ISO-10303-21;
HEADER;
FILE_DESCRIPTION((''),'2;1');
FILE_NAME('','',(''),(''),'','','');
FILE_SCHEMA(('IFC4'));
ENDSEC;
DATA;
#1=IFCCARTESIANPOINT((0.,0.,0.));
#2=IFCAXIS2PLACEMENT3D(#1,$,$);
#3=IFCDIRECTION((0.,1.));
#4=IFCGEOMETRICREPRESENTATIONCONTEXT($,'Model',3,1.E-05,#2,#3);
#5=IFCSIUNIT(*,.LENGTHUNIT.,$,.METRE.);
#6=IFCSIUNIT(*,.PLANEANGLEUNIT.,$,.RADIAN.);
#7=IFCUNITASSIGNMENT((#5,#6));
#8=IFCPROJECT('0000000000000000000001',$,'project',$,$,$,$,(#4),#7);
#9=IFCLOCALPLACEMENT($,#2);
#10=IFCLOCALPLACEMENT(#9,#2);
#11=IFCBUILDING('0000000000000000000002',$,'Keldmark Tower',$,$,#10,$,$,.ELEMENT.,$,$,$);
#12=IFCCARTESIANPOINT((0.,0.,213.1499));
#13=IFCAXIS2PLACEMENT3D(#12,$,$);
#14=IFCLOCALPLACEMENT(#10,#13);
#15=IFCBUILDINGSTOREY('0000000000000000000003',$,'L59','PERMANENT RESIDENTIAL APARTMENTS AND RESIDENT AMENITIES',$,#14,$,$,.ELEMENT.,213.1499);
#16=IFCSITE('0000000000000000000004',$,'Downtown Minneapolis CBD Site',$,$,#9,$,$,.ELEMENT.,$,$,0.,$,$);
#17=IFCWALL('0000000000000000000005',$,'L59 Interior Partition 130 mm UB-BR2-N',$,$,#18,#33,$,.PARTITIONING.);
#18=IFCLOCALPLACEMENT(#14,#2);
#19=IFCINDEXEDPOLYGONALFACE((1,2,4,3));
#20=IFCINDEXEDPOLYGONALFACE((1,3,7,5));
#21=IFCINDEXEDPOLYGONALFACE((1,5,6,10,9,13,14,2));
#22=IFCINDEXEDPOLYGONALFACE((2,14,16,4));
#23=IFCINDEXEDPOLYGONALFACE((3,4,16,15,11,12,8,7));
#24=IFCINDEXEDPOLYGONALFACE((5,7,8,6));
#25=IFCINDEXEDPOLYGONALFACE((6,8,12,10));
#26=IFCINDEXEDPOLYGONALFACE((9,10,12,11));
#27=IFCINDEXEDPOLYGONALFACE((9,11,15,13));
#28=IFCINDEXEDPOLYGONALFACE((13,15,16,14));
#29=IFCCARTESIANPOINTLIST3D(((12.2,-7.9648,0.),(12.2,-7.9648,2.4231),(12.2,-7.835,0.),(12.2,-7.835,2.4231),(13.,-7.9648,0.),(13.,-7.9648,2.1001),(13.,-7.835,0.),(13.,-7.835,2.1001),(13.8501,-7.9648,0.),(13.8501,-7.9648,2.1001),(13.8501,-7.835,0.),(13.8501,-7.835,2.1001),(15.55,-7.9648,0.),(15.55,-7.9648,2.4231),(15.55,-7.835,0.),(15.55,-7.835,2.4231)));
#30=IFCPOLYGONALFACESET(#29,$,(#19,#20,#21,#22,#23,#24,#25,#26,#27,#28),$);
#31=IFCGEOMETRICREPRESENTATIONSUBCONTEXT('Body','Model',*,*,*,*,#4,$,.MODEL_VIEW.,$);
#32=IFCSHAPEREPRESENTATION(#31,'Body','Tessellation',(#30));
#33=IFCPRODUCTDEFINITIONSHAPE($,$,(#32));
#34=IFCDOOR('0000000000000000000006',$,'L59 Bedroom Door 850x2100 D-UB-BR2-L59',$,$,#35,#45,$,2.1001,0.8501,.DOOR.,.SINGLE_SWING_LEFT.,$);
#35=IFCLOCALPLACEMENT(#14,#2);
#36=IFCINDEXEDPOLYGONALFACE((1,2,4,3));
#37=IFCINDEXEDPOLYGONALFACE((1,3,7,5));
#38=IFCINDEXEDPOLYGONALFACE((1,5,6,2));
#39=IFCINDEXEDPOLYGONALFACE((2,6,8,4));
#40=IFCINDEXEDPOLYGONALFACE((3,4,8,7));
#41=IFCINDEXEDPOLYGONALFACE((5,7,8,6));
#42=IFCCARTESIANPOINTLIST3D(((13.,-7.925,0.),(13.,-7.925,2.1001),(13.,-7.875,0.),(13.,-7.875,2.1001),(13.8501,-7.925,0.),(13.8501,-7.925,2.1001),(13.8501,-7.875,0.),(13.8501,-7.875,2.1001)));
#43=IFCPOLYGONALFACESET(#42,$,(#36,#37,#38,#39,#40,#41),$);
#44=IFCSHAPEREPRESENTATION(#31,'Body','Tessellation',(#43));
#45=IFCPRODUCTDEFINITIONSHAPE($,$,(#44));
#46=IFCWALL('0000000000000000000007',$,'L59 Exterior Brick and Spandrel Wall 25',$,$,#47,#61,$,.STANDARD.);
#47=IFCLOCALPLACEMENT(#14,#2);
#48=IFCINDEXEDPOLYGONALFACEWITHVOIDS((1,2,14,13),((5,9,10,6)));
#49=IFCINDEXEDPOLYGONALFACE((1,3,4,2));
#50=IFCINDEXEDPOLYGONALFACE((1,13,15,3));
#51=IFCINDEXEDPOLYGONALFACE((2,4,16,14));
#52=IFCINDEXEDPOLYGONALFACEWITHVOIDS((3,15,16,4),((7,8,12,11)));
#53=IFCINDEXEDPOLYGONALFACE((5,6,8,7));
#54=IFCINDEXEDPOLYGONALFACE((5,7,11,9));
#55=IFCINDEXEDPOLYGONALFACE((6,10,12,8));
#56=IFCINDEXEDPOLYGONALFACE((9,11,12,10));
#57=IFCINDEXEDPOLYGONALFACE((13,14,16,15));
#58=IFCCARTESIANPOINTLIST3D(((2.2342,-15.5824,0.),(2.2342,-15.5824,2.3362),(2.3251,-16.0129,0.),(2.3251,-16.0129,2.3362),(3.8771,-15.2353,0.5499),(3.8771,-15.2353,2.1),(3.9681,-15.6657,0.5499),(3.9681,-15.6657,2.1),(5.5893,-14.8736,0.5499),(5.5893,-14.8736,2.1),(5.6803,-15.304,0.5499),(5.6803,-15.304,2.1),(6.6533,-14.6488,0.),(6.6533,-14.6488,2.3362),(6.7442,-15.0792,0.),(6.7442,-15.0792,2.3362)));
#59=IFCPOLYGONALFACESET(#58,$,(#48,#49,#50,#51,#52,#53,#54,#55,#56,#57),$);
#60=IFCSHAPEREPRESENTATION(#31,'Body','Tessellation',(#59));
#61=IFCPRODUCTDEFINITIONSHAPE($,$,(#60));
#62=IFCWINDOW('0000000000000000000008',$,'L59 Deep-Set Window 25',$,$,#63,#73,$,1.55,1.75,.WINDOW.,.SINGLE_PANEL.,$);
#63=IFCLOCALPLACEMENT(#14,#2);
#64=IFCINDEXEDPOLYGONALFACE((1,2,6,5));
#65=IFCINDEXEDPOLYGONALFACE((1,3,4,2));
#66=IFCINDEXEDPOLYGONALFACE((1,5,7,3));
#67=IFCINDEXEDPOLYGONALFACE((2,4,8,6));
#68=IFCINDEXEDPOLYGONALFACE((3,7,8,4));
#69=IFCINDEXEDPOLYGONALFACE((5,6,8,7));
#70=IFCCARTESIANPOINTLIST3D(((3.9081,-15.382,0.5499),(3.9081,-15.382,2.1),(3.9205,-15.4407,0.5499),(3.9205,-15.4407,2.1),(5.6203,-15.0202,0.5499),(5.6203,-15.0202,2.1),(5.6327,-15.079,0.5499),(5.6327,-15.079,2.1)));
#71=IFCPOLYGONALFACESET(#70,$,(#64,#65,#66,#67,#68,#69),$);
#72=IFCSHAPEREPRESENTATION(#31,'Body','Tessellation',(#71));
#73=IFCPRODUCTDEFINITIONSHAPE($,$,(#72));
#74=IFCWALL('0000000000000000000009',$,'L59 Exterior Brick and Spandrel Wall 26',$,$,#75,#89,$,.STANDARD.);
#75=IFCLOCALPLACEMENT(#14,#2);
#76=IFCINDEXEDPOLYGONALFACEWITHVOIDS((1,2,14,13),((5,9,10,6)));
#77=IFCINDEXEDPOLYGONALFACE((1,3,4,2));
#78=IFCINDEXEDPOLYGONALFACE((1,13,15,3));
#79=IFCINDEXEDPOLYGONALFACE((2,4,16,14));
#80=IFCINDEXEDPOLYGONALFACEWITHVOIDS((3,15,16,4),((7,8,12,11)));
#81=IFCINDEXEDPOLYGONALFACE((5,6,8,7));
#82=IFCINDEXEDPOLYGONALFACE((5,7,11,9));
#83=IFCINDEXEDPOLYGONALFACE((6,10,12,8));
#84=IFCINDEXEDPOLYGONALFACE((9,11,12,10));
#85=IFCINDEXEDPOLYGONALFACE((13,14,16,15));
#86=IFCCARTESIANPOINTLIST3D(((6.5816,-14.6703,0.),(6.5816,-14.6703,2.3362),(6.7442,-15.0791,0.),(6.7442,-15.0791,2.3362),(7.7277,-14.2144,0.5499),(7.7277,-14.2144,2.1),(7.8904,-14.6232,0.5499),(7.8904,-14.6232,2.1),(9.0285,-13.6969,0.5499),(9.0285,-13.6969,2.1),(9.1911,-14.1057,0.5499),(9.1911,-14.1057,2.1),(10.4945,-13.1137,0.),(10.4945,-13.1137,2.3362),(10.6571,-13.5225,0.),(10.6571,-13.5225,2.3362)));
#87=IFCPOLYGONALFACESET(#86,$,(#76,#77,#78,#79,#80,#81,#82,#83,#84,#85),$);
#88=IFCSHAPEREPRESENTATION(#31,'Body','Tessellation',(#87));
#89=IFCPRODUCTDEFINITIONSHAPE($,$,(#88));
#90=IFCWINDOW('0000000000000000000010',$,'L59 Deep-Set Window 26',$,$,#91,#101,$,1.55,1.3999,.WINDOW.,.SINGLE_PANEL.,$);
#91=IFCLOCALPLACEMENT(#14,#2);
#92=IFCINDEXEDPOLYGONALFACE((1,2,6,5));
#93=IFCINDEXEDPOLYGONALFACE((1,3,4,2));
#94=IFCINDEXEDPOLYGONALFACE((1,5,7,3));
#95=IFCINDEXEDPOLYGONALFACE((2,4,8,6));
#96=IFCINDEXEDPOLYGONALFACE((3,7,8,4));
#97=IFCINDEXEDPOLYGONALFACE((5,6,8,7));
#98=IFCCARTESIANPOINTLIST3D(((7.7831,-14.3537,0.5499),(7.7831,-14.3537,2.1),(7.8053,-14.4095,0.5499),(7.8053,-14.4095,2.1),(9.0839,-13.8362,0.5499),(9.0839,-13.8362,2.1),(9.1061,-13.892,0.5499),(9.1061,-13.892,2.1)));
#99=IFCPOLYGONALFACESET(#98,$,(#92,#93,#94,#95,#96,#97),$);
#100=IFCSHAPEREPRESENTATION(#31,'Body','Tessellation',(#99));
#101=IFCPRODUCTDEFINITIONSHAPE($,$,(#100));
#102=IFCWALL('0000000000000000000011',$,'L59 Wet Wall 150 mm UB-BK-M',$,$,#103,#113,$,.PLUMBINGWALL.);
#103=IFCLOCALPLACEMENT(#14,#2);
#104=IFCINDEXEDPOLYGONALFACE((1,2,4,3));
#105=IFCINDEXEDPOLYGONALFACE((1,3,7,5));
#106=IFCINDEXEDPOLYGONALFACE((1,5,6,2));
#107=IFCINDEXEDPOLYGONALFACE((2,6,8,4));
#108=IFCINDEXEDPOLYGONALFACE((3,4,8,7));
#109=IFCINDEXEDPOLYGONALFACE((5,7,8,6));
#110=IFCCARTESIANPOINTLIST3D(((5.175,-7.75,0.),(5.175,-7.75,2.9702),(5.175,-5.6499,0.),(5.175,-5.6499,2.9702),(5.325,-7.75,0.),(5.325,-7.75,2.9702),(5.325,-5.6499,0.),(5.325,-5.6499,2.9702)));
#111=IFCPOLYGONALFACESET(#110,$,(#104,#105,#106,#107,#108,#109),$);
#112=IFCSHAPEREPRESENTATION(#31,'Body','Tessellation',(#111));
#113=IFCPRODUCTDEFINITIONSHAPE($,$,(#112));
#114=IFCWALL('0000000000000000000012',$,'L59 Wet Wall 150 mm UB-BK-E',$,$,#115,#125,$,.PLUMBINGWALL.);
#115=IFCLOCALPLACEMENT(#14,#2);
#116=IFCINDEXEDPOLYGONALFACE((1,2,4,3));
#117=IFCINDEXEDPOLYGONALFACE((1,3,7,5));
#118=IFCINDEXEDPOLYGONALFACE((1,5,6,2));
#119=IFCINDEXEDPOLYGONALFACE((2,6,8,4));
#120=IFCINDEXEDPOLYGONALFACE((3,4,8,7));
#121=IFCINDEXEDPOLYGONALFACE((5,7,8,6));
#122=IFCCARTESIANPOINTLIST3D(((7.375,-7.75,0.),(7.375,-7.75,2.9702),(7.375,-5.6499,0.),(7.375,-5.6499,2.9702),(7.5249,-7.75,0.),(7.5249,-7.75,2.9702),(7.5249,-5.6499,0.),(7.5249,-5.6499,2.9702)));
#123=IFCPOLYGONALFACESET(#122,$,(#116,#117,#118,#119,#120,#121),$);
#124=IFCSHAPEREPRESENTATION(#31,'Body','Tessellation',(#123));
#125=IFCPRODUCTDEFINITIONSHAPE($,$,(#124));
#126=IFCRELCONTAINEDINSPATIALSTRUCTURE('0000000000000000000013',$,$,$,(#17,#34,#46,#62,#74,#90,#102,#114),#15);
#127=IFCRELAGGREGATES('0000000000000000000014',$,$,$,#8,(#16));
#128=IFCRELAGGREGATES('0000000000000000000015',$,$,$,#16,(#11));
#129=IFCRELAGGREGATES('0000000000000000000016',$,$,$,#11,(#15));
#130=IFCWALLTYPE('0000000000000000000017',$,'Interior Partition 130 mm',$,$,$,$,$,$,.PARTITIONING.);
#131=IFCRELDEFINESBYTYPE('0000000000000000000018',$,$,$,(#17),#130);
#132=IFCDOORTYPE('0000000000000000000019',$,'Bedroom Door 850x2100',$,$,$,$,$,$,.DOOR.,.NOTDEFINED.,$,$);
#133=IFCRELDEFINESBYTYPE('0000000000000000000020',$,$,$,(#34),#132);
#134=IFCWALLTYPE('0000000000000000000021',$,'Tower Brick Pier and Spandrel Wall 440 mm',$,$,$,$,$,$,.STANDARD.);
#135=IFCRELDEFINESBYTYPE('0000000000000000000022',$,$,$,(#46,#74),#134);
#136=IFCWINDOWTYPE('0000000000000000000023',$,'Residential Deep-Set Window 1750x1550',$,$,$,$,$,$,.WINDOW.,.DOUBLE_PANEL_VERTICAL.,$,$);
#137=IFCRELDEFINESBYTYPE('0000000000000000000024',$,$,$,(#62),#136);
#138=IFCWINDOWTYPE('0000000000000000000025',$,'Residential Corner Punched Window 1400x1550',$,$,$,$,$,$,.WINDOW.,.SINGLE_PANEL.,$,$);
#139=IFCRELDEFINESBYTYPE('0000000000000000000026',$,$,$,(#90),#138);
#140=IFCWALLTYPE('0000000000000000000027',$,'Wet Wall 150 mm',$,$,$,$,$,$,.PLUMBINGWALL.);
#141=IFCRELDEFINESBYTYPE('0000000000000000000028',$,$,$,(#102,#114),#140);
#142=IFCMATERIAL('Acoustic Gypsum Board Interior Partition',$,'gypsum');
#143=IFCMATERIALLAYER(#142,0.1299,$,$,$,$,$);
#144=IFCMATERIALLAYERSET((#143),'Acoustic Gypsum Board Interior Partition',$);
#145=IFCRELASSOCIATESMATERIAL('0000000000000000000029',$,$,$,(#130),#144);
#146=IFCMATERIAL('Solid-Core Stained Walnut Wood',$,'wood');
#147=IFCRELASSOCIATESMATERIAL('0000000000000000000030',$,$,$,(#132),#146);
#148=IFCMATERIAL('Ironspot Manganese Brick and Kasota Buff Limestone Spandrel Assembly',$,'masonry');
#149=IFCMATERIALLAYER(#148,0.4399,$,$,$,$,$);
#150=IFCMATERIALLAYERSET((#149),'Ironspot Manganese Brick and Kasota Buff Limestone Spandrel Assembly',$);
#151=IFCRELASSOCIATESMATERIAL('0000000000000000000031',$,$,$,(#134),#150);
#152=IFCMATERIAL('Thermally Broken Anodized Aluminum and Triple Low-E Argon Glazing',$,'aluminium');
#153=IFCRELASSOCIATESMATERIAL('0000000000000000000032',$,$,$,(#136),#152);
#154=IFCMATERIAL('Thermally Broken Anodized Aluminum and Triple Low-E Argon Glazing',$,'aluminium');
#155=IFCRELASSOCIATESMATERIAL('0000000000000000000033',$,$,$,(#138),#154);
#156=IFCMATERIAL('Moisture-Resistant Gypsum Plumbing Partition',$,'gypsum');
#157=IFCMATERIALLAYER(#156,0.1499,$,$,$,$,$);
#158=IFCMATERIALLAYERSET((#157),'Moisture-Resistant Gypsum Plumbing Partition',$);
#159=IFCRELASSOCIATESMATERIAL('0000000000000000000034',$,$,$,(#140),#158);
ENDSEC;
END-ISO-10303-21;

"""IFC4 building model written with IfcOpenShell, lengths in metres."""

from ifc_helpers import new_model, si_unit, direction, frame, frame_2d, origin, place, context, subcontext, project, spatial, rectangle, extrude, material, layer, layer_set, type_object, element, fill, save


model = new_model("IFC4")

# Units and contexts
model_context = context("Model", 3, precision=1e-05, world=origin(), true_north=direction((0.0, 1.0)))
body_context = subcontext(model_context, "Body", "Model", "MODEL_VIEW")
ifc_project = project(units=[si_unit("LENGTHUNIT", "METRE"), si_unit("PLANEANGLEUNIT", "RADIAN")], contexts=[model_context])

# Site, building, storey
site_placement = place(None, origin())
site = spatial("IfcSite", under=ifc_project, at=site_placement, Name="Downtown Minneapolis CBD Site", CompositionType="ELEMENT", RefElevation=0.0)
building_placement = place(site_placement, origin())
building = spatial("IfcBuilding", under=site, at=building_placement, Name="Keldmark Tower", CompositionType="ELEMENT")
storey_placement = place(building_placement, frame((0.0, 0.0, 213.1499)))
storey = spatial("IfcBuildingStorey", under=building, at=storey_placement, Name="L59", Description="PERMANENT RESIDENTIAL APARTMENTS AND RESIDENT AMENITIES", CompositionType="ELEMENT", Elevation=213.1499)

# Shared definitions
ifc_material_1 = material(Name="Acoustic Gypsum Board Interior Partition", Category="gypsum")
ifc_layer_1 = layer(ifc_material_1, 0.1299)
ifc_layer_set_1 = layer_set([ifc_layer_1], Name="Acoustic Gypsum Board Interior Partition")
wall_type_1 = type_object("IfcWallType", Name="Interior Partition 130 mm", PredefinedType="PARTITIONING", material=ifc_layer_set_1)

# Wall, opening, door
wall_1_placement = place(storey_placement, frame((12.2, -7.8999, 0.0), z_axis=(0.0, 0.0, 1.0), x_axis=(1.0, 0.0, 0.0)))
wall_1 = element("IfcWall", 1, at=wall_1_placement, inside=storey, type_object=wall_type_1, Name="L59 Interior Partition 130 mm UB-BR2-N", PredefinedType="PARTITIONING", context=body_context, shape_type="SweptSolid", body=[
    extrude(rectangle(XDim=3.3501, YDim=0.1299, at=frame_2d((1.675, 0.0))), origin(), (0.0, 0.0, 1.0), 2.4231),
])
opening_1_placement = place(wall_1_placement, frame((0.8, 0.0, 0.0)))
opening_1 = element("IfcOpeningElement", 2, at=opening_1_placement, cuts=wall_1, PredefinedType="OPENING", context=body_context, shape_type="SweptSolid", body=[
    extrude(rectangle(XDim=0.8501, YDim=2.1001, at=frame_2d((0.425, 1.05))), frame((0.0, 0.075, 0.0), z_axis=(0.0, -1.0, 0.0), x_axis=(1.0, 0.0, 0.0)), (0.0, 0.0, 1.0), 0.1499),
])
ifc_material_2 = material(Name="Solid-Core Stained Walnut Wood", Category="wood")
door_type = type_object("IfcDoorType", Name="Bedroom Door 850x2100", OperationType="NOTDEFINED", PredefinedType="DOOR", material=ifc_material_2)
door_placement = place(opening_1_placement, origin())
door = element("IfcDoor", 3, at=door_placement, inside=storey, type_object=door_type, Name="L59 Bedroom Door 850x2100 D-UB-BR2-L59", OperationType="SINGLE_SWING_LEFT", OverallHeight=2.1001, OverallWidth=0.8501, PredefinedType="DOOR", context=body_context, shape_type="SweptSolid", body=[
    extrude(rectangle(XDim=0.8501, YDim=2.1001, at=frame_2d((0.425, 1.05))), frame((0.0, 0.0249, 0.0), z_axis=(0.0, -1.0, 0.0), x_axis=(1.0, 0.0, 0.0)), (0.0, 0.0, 1.0), 0.05),
])
fill(opening_1, door)

# Walls, openings, windows
ifc_material_3 = material(Name="Ironspot Manganese Brick and Kasota Buff Limestone Spandrel Assembly", Category="masonry")
ifc_layer_2 = layer(ifc_material_3, 0.4399)
ifc_layer_set_2 = layer_set([ifc_layer_2], Name="Ironspot Manganese Brick and Kasota Buff Limestone Spandrel Assembly")
wall_type_2 = type_object("IfcWallType", Name="Tower Brick Pier and Spandrel Wall 440 mm", PredefinedType="STANDARD", material=ifc_layer_set_2)
wall_2_placement = place(storey_placement, frame((6.6987, -14.864, 0.0), z_axis=(0.0, 0.0, 1.0), x_axis=(-0.978403, -0.206708, 0.0)))
wall_2 = element("IfcWall", 4, at=wall_2_placement, inside=storey, type_object=wall_type_2, Name="L59 Exterior Brick and Spandrel Wall 25", PredefinedType="STANDARD", context=body_context, shape_type="SweptSolid", body=[
    extrude(rectangle(XDim=4.5166, YDim=0.4399, at=frame_2d((2.2583, 0.0))), origin(), (0.0, 0.0, 1.0), 2.3362),
])
opening_2_placement = place(wall_2_placement, frame((1.0874, 0.0, 0.55)))
opening_2 = element("IfcOpeningElement", 5, at=opening_2_placement, cuts=wall_2, PredefinedType="OPENING", context=body_context, shape_type="SweptSolid", body=[
    extrude(rectangle(XDim=1.75, YDim=1.55, at=frame_2d((0.875, 0.7749))), frame((0.0, 0.23, 0.0), z_axis=(0.0, -1.0, 0.0), x_axis=(1.0, 0.0, 0.0)), (0.0, 0.0, 1.0), 0.46),
])
ifc_material_4 = material(Name="Thermally Broken Anodized Aluminum and Triple Low-E Argon Glazing", Category="aluminium")
window_type_1 = type_object("IfcWindowType", Name="Residential Deep-Set Window 1750x1550", PartitioningType="DOUBLE_PANEL_VERTICAL", PredefinedType="WINDOW", material=ifc_material_4)
window_1_placement = place(opening_2_placement, origin())
window_1 = element("IfcWindow", 6, at=window_1_placement, inside=storey, type_object=window_type_1, Name="L59 Deep-Set Window 25", OverallHeight=1.55, OverallWidth=1.75, PartitioningType="SINGLE_PANEL", PredefinedType="WINDOW", context=body_context, shape_type="SweptSolid", body=[
    extrude(rectangle(XDim=1.75, YDim=1.55, at=frame_2d((0.875, 0.7749))), frame((0.0, -0.01, 0.0), z_axis=(0.0, -1.0, 0.0), x_axis=(1.0, 0.0, 0.0)), (0.0, 0.0, 1.0), 0.0601),
])
fill(opening_2, window_1)
wall_3_placement = place(storey_placement, frame((10.5757, -13.3181, 0.0), z_axis=(0.0, 0.0, 1.0), x_axis=(-0.929171, -0.369651, 0.0)))
wall_3 = element("IfcWall", 7, at=wall_3_placement, inside=storey, type_object=wall_type_2, Name="L59 Exterior Brick and Spandrel Wall 26", PredefinedType="STANDARD", context=body_context, shape_type="SweptSolid", body=[
    extrude(rectangle(XDim=4.2112, YDim=0.4399, at=frame_2d((2.1055, 0.0))), origin(), (0.0, 0.0, 1.0), 2.3362),
])
opening_3_placement = place(wall_3_placement, frame((1.5776, 0.0, 0.55)))
opening_3 = element("IfcOpeningElement", 8, at=opening_3_placement, cuts=wall_3, PredefinedType="OPENING", context=body_context, shape_type="SweptSolid", body=[
    extrude(rectangle(XDim=1.3999, YDim=1.55, at=frame_2d((0.7, 0.7749))), frame((0.0, 0.23, 0.0), z_axis=(0.0, -1.0, 0.0), x_axis=(1.0, 0.0, 0.0)), (0.0, 0.0, 1.0), 0.46),
])
ifc_material_5 = material(Name="Thermally Broken Anodized Aluminum and Triple Low-E Argon Glazing", Category="aluminium")
window_type_2 = type_object("IfcWindowType", Name="Residential Corner Punched Window 1400x1550", PartitioningType="SINGLE_PANEL", PredefinedType="WINDOW", material=ifc_material_5)
window_2_placement = place(opening_3_placement, origin())
window_2 = element("IfcWindow", 9, at=window_2_placement, inside=storey, type_object=window_type_2, Name="L59 Deep-Set Window 26", OverallHeight=1.55, OverallWidth=1.3999, PartitioningType="SINGLE_PANEL", PredefinedType="WINDOW", context=body_context, shape_type="SweptSolid", body=[
    extrude(rectangle(XDim=1.3999, YDim=1.55, at=frame_2d((0.7, 0.7749))), frame((0.0, -0.01, 0.0), z_axis=(0.0, -1.0, 0.0), x_axis=(1.0, 0.0, 0.0)), (0.0, 0.0, 1.0), 0.0601),
])
fill(opening_3, window_2)

# Walls
ifc_material_6 = material(Name="Moisture-Resistant Gypsum Plumbing Partition", Category="gypsum")
ifc_layer_3 = layer(ifc_material_6, 0.1499)
ifc_layer_set_3 = layer_set([ifc_layer_3], Name="Moisture-Resistant Gypsum Plumbing Partition")
wall_type_3 = type_object("IfcWallType", Name="Wet Wall 150 mm", PredefinedType="PLUMBINGWALL", material=ifc_layer_set_3)
for number, where, z_axis, x_axis, name in (
    (10, (5.25, -7.75, 0.0), (0.0, 0.0, 1.0), (0.0, 1.0, 0.0), "L59 Wet Wall 150 mm UB-BK-M"),
    (11, (7.45, -7.75, 0.0), (0.0, 0.0, 1.0), (0.0, 1.0, 0.0), "L59 Wet Wall 150 mm UB-BK-E"),
):
    element("IfcWall", number, at=place(storey_placement, frame(where, z_axis=z_axis, x_axis=x_axis)), inside=storey, type_object=wall_type_3, Name=name, PredefinedType="PLUMBINGWALL", context=body_context, shape_type="SweptSolid", body=[
        extrude(rectangle(XDim=2.1001, YDim=0.1499, at=frame_2d((1.05, 0.0))), origin(), (0.0, 0.0, 1.0), 2.9702),
    ])

save(model, "model.ifc")
